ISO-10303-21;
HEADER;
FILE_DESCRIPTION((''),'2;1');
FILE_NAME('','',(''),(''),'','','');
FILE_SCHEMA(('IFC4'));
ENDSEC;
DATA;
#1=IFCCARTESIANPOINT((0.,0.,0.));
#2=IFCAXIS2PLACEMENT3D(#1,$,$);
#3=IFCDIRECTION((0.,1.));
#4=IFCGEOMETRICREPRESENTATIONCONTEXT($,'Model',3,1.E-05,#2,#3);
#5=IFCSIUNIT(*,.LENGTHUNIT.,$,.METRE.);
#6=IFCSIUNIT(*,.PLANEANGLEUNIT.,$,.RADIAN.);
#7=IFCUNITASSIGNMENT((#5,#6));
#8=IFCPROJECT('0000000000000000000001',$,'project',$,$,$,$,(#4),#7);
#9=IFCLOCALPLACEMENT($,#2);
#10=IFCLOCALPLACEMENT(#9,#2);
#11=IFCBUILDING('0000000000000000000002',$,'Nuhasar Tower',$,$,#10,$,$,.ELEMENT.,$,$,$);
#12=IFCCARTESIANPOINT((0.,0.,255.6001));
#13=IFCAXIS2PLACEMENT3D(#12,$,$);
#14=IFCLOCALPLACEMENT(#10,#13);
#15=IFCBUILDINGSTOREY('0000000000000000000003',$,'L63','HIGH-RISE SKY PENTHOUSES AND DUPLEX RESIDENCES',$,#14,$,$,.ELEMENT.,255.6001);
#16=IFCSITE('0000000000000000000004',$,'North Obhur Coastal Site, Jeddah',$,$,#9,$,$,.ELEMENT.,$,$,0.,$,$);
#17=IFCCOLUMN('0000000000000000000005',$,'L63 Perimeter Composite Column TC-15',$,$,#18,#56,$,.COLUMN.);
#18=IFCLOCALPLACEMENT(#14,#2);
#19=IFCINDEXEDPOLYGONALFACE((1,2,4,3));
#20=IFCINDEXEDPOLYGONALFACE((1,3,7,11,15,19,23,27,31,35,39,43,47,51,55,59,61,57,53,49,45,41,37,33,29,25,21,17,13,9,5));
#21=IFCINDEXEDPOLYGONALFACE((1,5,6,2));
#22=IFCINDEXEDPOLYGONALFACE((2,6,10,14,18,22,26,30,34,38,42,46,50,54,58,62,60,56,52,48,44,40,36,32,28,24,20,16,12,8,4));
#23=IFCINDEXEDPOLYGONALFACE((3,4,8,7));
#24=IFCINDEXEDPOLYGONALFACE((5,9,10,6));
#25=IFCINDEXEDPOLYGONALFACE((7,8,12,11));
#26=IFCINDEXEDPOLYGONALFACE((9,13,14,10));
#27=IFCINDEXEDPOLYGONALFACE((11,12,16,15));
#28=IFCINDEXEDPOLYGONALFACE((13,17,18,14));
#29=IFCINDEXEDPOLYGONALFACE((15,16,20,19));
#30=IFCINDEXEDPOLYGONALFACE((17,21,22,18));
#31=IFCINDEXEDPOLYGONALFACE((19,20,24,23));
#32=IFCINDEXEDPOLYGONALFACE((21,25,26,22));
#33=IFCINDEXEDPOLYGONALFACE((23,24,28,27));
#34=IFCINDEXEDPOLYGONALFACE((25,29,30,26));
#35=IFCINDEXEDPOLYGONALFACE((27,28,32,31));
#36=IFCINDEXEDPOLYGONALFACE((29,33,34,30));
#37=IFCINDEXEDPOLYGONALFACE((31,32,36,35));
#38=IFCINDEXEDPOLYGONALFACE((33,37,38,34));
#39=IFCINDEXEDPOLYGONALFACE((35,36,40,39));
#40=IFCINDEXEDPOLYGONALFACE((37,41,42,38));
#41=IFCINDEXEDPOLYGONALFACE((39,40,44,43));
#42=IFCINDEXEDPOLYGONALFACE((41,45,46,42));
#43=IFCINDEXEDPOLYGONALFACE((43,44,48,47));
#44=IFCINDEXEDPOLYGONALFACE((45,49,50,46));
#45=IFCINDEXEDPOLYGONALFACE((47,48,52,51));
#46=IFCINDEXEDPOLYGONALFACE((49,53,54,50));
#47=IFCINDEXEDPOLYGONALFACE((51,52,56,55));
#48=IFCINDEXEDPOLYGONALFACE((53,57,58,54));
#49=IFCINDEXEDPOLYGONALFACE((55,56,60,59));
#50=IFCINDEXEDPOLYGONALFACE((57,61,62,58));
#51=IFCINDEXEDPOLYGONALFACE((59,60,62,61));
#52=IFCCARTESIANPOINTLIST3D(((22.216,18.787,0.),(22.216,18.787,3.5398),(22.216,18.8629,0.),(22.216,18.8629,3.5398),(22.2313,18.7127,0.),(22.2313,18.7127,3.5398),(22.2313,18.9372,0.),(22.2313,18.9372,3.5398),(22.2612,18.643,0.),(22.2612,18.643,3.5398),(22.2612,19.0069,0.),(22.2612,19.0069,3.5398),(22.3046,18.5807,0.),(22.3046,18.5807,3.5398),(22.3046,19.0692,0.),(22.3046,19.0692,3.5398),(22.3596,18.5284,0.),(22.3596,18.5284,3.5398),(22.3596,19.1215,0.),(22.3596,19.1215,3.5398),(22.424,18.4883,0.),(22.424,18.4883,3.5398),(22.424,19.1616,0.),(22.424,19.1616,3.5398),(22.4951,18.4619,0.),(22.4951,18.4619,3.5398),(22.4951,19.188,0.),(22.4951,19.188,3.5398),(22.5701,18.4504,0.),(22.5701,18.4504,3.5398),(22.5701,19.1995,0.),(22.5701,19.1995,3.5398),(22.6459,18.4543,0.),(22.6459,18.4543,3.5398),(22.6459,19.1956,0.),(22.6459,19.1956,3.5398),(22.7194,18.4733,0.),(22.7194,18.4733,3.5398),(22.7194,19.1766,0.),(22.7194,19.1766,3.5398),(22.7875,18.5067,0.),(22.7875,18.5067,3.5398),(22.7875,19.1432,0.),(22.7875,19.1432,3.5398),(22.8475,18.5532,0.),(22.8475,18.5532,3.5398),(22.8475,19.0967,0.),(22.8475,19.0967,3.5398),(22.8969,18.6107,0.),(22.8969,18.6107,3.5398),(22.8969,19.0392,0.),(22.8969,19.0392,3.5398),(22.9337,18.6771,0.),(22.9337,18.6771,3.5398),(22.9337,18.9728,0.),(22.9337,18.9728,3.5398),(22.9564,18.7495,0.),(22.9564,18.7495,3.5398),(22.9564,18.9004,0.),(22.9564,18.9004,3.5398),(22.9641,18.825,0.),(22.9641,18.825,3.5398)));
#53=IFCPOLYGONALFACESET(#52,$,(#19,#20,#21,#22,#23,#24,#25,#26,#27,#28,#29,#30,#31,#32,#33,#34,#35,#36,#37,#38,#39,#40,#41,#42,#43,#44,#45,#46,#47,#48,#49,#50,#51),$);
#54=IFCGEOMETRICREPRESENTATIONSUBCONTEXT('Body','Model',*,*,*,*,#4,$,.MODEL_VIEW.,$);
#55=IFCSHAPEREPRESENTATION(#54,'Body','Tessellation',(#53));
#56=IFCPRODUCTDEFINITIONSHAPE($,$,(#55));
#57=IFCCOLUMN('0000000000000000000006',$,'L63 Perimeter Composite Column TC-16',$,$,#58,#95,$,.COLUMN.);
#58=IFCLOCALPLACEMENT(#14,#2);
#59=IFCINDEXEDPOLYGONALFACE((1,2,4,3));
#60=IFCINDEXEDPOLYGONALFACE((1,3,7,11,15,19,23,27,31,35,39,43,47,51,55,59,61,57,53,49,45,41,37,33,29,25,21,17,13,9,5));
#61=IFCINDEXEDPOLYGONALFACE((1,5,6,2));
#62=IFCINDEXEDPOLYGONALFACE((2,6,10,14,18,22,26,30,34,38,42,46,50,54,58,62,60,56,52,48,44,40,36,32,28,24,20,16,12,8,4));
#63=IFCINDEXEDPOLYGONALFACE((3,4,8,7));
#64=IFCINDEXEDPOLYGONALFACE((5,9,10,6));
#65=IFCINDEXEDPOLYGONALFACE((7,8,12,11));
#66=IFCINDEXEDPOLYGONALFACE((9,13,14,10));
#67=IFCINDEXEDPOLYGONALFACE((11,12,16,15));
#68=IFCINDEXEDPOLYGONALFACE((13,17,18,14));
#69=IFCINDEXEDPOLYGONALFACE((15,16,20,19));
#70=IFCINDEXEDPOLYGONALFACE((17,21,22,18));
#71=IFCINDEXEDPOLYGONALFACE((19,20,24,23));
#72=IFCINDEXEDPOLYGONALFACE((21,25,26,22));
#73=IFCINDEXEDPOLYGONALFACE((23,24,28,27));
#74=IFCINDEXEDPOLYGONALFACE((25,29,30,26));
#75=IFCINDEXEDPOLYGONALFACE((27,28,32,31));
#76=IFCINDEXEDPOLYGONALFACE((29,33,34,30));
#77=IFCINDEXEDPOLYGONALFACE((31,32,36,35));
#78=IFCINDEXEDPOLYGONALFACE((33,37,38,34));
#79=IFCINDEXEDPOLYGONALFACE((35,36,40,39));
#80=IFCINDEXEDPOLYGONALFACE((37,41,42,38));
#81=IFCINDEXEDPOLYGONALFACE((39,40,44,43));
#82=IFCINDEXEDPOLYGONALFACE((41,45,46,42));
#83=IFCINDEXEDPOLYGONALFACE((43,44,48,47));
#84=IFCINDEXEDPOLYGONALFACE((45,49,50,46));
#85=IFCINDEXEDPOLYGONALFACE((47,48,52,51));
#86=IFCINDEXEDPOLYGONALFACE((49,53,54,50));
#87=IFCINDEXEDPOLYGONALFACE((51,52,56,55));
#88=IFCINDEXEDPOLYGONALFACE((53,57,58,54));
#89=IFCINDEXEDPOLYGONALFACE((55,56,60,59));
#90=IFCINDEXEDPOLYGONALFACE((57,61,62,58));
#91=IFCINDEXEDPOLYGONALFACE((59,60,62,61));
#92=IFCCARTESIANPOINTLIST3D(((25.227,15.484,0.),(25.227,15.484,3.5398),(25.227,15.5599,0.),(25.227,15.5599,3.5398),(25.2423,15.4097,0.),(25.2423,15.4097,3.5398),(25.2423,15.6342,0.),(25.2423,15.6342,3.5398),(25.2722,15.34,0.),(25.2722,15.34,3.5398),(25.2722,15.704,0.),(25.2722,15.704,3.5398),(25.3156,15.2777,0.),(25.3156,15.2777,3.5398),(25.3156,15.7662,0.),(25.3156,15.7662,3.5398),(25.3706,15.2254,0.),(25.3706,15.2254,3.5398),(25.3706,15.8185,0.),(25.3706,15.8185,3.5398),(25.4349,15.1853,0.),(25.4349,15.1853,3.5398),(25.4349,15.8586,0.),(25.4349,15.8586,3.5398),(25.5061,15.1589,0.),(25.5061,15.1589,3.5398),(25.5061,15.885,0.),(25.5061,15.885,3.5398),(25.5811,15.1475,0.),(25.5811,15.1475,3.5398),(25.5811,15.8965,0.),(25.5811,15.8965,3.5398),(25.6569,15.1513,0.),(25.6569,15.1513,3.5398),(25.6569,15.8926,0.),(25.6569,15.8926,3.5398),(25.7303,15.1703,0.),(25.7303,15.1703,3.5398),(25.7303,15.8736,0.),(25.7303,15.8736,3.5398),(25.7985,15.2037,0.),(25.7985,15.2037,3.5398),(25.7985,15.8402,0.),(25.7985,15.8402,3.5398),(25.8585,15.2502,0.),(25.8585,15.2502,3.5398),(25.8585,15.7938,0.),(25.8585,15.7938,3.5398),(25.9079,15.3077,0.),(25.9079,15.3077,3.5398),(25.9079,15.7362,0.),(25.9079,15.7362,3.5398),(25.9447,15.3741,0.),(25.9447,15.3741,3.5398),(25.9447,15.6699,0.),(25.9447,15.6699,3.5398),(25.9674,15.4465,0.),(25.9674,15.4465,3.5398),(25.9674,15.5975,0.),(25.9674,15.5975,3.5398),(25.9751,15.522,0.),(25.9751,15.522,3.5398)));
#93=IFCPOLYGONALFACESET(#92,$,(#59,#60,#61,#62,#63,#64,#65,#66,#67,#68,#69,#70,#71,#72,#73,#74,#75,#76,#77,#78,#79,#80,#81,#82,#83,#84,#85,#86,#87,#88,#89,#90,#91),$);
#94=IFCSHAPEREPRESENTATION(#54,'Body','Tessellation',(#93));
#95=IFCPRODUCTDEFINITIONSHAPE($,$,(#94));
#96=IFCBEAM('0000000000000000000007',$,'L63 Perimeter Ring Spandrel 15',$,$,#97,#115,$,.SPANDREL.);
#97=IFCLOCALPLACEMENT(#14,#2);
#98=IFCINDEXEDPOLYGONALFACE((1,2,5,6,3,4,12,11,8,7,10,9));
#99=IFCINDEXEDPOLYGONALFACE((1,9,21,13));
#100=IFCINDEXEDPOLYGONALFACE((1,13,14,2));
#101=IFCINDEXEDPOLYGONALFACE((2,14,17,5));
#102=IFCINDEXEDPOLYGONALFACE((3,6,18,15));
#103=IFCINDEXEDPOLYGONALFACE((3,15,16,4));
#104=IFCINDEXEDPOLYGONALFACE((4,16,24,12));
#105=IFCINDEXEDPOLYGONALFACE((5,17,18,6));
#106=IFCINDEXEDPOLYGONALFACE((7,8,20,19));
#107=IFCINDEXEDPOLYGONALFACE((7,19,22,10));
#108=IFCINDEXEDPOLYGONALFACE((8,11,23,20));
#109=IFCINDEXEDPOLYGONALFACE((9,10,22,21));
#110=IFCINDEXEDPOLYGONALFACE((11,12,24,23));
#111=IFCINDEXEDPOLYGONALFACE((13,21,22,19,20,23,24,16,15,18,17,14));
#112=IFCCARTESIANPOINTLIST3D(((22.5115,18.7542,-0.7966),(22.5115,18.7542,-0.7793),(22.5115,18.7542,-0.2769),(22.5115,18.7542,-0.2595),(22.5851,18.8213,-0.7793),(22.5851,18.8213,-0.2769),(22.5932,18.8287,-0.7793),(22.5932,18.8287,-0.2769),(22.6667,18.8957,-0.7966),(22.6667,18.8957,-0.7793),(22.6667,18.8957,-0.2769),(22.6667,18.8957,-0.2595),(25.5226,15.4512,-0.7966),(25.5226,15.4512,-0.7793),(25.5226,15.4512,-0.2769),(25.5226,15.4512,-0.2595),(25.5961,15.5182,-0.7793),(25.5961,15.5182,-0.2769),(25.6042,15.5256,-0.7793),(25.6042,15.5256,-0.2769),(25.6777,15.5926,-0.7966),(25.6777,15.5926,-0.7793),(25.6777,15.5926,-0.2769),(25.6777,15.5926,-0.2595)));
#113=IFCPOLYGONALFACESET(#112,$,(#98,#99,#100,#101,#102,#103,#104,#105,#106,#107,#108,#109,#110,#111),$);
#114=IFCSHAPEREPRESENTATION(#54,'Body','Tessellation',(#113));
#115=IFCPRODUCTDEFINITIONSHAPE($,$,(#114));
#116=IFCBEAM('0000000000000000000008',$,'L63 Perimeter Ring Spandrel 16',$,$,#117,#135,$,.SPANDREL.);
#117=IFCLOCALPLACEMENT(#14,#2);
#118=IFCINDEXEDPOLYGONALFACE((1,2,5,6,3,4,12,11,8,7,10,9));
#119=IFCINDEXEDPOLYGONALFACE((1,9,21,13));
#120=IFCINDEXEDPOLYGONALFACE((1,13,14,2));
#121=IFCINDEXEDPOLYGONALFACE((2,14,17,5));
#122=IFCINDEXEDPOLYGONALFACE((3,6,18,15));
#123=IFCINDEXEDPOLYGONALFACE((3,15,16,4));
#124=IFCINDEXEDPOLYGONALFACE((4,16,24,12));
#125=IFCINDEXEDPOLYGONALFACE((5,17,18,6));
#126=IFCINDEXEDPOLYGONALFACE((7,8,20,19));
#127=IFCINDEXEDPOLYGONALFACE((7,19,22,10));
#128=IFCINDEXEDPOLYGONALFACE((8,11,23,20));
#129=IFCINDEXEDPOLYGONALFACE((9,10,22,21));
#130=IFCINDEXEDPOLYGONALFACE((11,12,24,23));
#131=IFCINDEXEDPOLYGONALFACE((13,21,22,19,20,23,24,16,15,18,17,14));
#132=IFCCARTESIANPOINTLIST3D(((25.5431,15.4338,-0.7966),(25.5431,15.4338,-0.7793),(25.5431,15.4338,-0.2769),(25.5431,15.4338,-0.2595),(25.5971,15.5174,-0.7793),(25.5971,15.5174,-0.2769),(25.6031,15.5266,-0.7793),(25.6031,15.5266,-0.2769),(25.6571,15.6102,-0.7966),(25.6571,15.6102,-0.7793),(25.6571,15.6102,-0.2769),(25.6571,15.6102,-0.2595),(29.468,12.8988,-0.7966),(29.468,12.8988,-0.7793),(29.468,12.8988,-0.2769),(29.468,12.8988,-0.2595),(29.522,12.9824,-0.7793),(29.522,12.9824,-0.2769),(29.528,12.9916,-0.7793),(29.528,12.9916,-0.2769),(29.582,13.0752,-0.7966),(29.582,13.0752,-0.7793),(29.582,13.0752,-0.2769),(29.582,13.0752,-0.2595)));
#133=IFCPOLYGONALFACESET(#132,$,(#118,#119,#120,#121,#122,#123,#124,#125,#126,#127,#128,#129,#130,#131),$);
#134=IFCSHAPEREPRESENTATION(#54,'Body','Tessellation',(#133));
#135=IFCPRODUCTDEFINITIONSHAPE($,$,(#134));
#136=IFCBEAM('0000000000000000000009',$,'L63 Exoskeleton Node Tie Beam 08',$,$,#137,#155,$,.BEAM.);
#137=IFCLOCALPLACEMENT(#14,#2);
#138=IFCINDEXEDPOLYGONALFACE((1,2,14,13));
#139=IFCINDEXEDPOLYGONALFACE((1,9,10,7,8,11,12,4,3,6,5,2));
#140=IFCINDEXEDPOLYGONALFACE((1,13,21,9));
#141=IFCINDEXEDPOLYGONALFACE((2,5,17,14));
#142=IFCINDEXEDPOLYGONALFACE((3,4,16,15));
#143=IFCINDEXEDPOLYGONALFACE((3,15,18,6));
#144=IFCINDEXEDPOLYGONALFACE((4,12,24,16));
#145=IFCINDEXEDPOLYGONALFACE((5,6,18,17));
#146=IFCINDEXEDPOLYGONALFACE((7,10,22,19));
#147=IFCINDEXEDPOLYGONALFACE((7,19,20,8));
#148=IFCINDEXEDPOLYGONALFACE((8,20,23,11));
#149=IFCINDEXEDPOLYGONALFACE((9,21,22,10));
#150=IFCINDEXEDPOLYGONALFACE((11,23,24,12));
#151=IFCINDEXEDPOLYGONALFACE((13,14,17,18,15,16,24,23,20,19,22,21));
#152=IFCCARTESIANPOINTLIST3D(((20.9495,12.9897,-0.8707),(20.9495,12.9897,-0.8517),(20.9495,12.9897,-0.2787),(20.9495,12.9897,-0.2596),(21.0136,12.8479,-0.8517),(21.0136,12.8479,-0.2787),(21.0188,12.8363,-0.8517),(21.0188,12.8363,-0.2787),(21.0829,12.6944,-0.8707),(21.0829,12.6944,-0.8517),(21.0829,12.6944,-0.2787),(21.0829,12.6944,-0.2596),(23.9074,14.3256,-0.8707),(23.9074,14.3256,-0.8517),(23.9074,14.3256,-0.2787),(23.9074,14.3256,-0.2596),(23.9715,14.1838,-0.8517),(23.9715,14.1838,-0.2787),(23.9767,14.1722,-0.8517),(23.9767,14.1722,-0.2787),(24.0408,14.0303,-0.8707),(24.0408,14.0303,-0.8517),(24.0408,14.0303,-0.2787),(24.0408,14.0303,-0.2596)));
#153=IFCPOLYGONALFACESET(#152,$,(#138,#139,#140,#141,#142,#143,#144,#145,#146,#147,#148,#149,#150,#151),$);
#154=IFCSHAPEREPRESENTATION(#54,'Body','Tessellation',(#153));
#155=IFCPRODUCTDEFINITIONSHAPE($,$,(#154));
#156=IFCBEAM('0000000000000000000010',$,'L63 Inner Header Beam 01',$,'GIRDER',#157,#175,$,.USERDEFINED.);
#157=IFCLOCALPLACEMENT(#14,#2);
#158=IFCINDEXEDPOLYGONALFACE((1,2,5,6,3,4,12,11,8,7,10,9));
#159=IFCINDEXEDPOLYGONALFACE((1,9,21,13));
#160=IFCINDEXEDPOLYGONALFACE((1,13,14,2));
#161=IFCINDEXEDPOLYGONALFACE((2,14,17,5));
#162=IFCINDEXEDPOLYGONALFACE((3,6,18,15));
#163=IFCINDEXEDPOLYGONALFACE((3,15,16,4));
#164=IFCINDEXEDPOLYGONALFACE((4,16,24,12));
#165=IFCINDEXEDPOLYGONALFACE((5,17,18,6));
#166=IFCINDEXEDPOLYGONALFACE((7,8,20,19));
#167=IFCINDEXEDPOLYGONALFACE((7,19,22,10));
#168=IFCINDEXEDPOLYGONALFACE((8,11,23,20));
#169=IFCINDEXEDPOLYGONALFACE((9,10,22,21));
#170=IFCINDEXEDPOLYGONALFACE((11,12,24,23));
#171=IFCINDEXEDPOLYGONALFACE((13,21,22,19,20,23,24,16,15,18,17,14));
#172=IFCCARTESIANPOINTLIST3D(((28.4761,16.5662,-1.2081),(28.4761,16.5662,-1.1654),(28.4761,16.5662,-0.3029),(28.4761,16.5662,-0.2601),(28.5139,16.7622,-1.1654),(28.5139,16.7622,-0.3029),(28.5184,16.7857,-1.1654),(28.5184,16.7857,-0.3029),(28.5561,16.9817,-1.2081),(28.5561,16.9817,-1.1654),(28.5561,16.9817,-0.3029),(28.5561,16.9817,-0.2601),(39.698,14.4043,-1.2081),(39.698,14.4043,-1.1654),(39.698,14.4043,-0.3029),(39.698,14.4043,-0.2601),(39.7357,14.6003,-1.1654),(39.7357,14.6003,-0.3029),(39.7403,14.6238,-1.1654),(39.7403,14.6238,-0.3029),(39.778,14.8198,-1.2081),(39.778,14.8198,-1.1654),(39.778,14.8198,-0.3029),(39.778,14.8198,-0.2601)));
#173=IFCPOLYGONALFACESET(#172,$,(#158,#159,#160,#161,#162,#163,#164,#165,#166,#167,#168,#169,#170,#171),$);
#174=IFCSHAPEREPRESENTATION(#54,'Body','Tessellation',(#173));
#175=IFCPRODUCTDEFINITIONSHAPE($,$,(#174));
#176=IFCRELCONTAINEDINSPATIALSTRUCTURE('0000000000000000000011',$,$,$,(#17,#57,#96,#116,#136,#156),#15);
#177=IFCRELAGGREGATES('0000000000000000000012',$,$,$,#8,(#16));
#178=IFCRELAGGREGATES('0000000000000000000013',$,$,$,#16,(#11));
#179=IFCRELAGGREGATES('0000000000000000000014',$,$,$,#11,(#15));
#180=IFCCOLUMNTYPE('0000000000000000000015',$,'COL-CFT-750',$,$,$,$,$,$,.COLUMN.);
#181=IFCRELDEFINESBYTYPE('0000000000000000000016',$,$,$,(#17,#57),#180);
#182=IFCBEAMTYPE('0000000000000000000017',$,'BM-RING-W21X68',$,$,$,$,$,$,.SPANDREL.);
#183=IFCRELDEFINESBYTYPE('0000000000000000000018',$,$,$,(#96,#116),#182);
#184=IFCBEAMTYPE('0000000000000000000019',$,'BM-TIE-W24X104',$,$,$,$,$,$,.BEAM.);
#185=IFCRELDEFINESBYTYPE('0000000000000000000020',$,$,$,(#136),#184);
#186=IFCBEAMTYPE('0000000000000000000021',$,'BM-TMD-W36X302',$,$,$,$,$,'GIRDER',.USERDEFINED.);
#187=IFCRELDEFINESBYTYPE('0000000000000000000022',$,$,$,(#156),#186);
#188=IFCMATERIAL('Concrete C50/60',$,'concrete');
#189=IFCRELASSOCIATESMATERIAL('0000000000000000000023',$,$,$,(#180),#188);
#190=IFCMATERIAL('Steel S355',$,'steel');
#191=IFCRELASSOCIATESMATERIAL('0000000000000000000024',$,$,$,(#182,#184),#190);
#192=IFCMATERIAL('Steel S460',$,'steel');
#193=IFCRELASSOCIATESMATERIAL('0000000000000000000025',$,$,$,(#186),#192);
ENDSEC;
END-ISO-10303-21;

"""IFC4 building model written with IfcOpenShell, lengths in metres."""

from ifc_helpers import new_model, si_unit, direction, frame, origin, origin_2d, place, context, subcontext, project, spatial, circle, i_section, extrude, material, material_profile, profile_set, type_object, element, save


model = new_model("IFC4")

# Units and contexts
model_context = context("Model", 3, precision=1e-05, world=origin(), true_north=direction((0.0, 1.0)))
body_context = subcontext(model_context, "Body", "Model", "MODEL_VIEW")
ifc_project = project(units=[si_unit("LENGTHUNIT", "METRE"), si_unit("PLANEANGLEUNIT", "RADIAN")], contexts=[model_context])

# Site, building, storey
site_placement = place(None, origin())
site = spatial("IfcSite", under=ifc_project, at=site_placement, Name="North Obhur Coastal Site, Jeddah", CompositionType="ELEMENT", RefElevation=0.0)
building_placement = place(site_placement, origin())
building = spatial("IfcBuilding", under=site, at=building_placement, Name="Nuhasar Tower", CompositionType="ELEMENT")
storey_placement = place(building_placement, frame((0.0, 0.0, 255.6001)))
storey = spatial("IfcBuildingStorey", under=building, at=storey_placement, Name="L63", Description="HIGH-RISE SKY PENTHOUSES AND DUPLEX RESIDENCES", CompositionType="ELEMENT", Elevation=255.6001)

# Columns
ifc_material_1 = material(Name="Concrete C50/60", Category="concrete")
ifc_material_profile_1 = material_profile(ifc_material_1, circle(Radius=0.375, at=origin_2d()), Name="CFT750")
ifc_profile_set_1 = profile_set([ifc_material_profile_1], Name="Concrete C50/60")
column_type = type_object("IfcColumnType", Name="COL-CFT-750", PredefinedType="COLUMN", material=ifc_profile_set_1)
for number, where, z_axis, x_axis, name in (
    (1, (22.5891, 18.825, 0.0), (0.0, 0.0, 1.0), (1.0, 0.0, 0.0), "L63 Perimeter Composite Column TC-15"),
    (2, (25.6001, 15.522, 0.0), (0.0, 0.0, 1.0), (1.0, 0.0, 0.0), "L63 Perimeter Composite Column TC-16"),
):
    element("IfcColumn", number, at=place(storey_placement, frame(where, z_axis=z_axis, x_axis=x_axis)), inside=storey, type_object=column_type, Name=name, PredefinedType="COLUMN", context=body_context, shape_type="SweptSolid", body=[
        extrude(circle(Radius=0.375, at=origin_2d()), origin(), (0.0, 0.0, 1.0), 3.5398),
    ])

# Beams
ifc_material_2 = material(Name="Steel S355", Category="steel")
ifc_material_profile_2 = material_profile(ifc_material_2, i_section(OverallWidth=0.21, OverallDepth=0.5371, WebThickness=0.011, FlangeThickness=0.0173, at=origin_2d()), Name="W21X68")
ifc_profile_set_2 = profile_set([ifc_material_profile_2], Name="Steel S355")
beam_type_1 = type_object("IfcBeamType", Name="BM-RING-W21X68", PredefinedType="SPANDREL", material=ifc_profile_set_2)
beam_1_placement = place(storey_placement, frame((22.5891, 18.825, -0.5281), z_axis=(0.673686, -0.739017, 0.0), x_axis=(0.739017, 0.673686, 0.0)))
element("IfcBeam", 3, at=beam_1_placement, inside=storey, type_object=beam_type_1, Name="L63 Perimeter Ring Spandrel 15", PredefinedType="SPANDREL", context=body_context, shape_type="SweptSolid", body=[
    extrude(i_section(OverallWidth=0.21, OverallDepth=0.5371, WebThickness=0.011, FlangeThickness=0.0173, at=origin_2d()), origin(), (0.0, 0.0, 1.0), 4.4695),
])
beam_2_placement = place(storey_placement, frame((25.6001, 15.522, -0.5281), z_axis=(0.840025, -0.542547, 0.0), x_axis=(0.542547, 0.840025, 0.0)))
element("IfcBeam", 4, at=beam_2_placement, inside=storey, type_object=beam_type_1, Name="L63 Perimeter Ring Spandrel 16", PredefinedType="SPANDREL", context=body_context, shape_type="SweptSolid", body=[
    extrude(i_section(OverallWidth=0.21, OverallDepth=0.5371, WebThickness=0.011, FlangeThickness=0.0173, at=origin_2d()), origin(), (0.0, 0.0, 1.0), 4.6724),
])
ifc_material_profile_3 = material_profile(ifc_material_2, i_section(OverallWidth=0.324, OverallDepth=0.6111, WebThickness=0.0127, FlangeThickness=0.019, at=origin_2d()), Name="W24X104")
ifc_profile_set_3 = profile_set([ifc_material_profile_3], Name="Steel S355")
beam_type_2 = type_object("IfcBeamType", Name="BM-TIE-W24X104", PredefinedType="BEAM", material=ifc_profile_set_3)
beam_3_placement = place(storey_placement, frame((23.9741, 14.178, -0.5652), z_axis=(-0.911363, -0.411603, 0.0), x_axis=(0.411603, -0.911363, 0.0)))
element("IfcBeam", 5, at=beam_3_placement, inside=storey, type_object=beam_type_2, Name="L63 Exoskeleton Node Tie Beam 08", PredefinedType="BEAM", context=body_context, shape_type="SweptSolid", body=[
    extrude(i_section(OverallWidth=0.324, OverallDepth=0.6111, WebThickness=0.0127, FlangeThickness=0.019, at=origin_2d()), origin(), (0.0, 0.0, 1.0), 3.2456),
])
ifc_material_3 = material(Name="Steel S460", Category="steel")
ifc_material_profile_4 = material_profile(ifc_material_3, i_section(OverallWidth=0.4231, OverallDepth=0.948, WebThickness=0.0239, FlangeThickness=0.0427, at=origin_2d()), Name="W36X302")
ifc_profile_set_4 = profile_set([ifc_material_profile_4], Name="Steel S460")
beam_type_3 = type_object("IfcBeamType", Name="BM-TMD-W36X302", ElementType="GIRDER", PredefinedType="USERDEFINED", material=ifc_profile_set_4)
beam_4_placement = place(storey_placement, frame((28.5161, 16.7739, -0.7341), z_axis=(0.981945, -0.189168, 0.0), x_axis=(0.189168, 0.981945, 0.0)))
element("IfcBeam", 6, at=beam_4_placement, inside=storey, type_object=beam_type_3, Name="L63 Inner Header Beam 01", ObjectType="GIRDER", PredefinedType="USERDEFINED", context=body_context, shape_type="SweptSolid", body=[
    extrude(i_section(OverallWidth=0.4231, OverallDepth=0.948, WebThickness=0.0239, FlangeThickness=0.0427, at=origin_2d()), origin(), (0.0, 0.0, 1.0), 11.4282),
])

save(model, "model.ifc")
